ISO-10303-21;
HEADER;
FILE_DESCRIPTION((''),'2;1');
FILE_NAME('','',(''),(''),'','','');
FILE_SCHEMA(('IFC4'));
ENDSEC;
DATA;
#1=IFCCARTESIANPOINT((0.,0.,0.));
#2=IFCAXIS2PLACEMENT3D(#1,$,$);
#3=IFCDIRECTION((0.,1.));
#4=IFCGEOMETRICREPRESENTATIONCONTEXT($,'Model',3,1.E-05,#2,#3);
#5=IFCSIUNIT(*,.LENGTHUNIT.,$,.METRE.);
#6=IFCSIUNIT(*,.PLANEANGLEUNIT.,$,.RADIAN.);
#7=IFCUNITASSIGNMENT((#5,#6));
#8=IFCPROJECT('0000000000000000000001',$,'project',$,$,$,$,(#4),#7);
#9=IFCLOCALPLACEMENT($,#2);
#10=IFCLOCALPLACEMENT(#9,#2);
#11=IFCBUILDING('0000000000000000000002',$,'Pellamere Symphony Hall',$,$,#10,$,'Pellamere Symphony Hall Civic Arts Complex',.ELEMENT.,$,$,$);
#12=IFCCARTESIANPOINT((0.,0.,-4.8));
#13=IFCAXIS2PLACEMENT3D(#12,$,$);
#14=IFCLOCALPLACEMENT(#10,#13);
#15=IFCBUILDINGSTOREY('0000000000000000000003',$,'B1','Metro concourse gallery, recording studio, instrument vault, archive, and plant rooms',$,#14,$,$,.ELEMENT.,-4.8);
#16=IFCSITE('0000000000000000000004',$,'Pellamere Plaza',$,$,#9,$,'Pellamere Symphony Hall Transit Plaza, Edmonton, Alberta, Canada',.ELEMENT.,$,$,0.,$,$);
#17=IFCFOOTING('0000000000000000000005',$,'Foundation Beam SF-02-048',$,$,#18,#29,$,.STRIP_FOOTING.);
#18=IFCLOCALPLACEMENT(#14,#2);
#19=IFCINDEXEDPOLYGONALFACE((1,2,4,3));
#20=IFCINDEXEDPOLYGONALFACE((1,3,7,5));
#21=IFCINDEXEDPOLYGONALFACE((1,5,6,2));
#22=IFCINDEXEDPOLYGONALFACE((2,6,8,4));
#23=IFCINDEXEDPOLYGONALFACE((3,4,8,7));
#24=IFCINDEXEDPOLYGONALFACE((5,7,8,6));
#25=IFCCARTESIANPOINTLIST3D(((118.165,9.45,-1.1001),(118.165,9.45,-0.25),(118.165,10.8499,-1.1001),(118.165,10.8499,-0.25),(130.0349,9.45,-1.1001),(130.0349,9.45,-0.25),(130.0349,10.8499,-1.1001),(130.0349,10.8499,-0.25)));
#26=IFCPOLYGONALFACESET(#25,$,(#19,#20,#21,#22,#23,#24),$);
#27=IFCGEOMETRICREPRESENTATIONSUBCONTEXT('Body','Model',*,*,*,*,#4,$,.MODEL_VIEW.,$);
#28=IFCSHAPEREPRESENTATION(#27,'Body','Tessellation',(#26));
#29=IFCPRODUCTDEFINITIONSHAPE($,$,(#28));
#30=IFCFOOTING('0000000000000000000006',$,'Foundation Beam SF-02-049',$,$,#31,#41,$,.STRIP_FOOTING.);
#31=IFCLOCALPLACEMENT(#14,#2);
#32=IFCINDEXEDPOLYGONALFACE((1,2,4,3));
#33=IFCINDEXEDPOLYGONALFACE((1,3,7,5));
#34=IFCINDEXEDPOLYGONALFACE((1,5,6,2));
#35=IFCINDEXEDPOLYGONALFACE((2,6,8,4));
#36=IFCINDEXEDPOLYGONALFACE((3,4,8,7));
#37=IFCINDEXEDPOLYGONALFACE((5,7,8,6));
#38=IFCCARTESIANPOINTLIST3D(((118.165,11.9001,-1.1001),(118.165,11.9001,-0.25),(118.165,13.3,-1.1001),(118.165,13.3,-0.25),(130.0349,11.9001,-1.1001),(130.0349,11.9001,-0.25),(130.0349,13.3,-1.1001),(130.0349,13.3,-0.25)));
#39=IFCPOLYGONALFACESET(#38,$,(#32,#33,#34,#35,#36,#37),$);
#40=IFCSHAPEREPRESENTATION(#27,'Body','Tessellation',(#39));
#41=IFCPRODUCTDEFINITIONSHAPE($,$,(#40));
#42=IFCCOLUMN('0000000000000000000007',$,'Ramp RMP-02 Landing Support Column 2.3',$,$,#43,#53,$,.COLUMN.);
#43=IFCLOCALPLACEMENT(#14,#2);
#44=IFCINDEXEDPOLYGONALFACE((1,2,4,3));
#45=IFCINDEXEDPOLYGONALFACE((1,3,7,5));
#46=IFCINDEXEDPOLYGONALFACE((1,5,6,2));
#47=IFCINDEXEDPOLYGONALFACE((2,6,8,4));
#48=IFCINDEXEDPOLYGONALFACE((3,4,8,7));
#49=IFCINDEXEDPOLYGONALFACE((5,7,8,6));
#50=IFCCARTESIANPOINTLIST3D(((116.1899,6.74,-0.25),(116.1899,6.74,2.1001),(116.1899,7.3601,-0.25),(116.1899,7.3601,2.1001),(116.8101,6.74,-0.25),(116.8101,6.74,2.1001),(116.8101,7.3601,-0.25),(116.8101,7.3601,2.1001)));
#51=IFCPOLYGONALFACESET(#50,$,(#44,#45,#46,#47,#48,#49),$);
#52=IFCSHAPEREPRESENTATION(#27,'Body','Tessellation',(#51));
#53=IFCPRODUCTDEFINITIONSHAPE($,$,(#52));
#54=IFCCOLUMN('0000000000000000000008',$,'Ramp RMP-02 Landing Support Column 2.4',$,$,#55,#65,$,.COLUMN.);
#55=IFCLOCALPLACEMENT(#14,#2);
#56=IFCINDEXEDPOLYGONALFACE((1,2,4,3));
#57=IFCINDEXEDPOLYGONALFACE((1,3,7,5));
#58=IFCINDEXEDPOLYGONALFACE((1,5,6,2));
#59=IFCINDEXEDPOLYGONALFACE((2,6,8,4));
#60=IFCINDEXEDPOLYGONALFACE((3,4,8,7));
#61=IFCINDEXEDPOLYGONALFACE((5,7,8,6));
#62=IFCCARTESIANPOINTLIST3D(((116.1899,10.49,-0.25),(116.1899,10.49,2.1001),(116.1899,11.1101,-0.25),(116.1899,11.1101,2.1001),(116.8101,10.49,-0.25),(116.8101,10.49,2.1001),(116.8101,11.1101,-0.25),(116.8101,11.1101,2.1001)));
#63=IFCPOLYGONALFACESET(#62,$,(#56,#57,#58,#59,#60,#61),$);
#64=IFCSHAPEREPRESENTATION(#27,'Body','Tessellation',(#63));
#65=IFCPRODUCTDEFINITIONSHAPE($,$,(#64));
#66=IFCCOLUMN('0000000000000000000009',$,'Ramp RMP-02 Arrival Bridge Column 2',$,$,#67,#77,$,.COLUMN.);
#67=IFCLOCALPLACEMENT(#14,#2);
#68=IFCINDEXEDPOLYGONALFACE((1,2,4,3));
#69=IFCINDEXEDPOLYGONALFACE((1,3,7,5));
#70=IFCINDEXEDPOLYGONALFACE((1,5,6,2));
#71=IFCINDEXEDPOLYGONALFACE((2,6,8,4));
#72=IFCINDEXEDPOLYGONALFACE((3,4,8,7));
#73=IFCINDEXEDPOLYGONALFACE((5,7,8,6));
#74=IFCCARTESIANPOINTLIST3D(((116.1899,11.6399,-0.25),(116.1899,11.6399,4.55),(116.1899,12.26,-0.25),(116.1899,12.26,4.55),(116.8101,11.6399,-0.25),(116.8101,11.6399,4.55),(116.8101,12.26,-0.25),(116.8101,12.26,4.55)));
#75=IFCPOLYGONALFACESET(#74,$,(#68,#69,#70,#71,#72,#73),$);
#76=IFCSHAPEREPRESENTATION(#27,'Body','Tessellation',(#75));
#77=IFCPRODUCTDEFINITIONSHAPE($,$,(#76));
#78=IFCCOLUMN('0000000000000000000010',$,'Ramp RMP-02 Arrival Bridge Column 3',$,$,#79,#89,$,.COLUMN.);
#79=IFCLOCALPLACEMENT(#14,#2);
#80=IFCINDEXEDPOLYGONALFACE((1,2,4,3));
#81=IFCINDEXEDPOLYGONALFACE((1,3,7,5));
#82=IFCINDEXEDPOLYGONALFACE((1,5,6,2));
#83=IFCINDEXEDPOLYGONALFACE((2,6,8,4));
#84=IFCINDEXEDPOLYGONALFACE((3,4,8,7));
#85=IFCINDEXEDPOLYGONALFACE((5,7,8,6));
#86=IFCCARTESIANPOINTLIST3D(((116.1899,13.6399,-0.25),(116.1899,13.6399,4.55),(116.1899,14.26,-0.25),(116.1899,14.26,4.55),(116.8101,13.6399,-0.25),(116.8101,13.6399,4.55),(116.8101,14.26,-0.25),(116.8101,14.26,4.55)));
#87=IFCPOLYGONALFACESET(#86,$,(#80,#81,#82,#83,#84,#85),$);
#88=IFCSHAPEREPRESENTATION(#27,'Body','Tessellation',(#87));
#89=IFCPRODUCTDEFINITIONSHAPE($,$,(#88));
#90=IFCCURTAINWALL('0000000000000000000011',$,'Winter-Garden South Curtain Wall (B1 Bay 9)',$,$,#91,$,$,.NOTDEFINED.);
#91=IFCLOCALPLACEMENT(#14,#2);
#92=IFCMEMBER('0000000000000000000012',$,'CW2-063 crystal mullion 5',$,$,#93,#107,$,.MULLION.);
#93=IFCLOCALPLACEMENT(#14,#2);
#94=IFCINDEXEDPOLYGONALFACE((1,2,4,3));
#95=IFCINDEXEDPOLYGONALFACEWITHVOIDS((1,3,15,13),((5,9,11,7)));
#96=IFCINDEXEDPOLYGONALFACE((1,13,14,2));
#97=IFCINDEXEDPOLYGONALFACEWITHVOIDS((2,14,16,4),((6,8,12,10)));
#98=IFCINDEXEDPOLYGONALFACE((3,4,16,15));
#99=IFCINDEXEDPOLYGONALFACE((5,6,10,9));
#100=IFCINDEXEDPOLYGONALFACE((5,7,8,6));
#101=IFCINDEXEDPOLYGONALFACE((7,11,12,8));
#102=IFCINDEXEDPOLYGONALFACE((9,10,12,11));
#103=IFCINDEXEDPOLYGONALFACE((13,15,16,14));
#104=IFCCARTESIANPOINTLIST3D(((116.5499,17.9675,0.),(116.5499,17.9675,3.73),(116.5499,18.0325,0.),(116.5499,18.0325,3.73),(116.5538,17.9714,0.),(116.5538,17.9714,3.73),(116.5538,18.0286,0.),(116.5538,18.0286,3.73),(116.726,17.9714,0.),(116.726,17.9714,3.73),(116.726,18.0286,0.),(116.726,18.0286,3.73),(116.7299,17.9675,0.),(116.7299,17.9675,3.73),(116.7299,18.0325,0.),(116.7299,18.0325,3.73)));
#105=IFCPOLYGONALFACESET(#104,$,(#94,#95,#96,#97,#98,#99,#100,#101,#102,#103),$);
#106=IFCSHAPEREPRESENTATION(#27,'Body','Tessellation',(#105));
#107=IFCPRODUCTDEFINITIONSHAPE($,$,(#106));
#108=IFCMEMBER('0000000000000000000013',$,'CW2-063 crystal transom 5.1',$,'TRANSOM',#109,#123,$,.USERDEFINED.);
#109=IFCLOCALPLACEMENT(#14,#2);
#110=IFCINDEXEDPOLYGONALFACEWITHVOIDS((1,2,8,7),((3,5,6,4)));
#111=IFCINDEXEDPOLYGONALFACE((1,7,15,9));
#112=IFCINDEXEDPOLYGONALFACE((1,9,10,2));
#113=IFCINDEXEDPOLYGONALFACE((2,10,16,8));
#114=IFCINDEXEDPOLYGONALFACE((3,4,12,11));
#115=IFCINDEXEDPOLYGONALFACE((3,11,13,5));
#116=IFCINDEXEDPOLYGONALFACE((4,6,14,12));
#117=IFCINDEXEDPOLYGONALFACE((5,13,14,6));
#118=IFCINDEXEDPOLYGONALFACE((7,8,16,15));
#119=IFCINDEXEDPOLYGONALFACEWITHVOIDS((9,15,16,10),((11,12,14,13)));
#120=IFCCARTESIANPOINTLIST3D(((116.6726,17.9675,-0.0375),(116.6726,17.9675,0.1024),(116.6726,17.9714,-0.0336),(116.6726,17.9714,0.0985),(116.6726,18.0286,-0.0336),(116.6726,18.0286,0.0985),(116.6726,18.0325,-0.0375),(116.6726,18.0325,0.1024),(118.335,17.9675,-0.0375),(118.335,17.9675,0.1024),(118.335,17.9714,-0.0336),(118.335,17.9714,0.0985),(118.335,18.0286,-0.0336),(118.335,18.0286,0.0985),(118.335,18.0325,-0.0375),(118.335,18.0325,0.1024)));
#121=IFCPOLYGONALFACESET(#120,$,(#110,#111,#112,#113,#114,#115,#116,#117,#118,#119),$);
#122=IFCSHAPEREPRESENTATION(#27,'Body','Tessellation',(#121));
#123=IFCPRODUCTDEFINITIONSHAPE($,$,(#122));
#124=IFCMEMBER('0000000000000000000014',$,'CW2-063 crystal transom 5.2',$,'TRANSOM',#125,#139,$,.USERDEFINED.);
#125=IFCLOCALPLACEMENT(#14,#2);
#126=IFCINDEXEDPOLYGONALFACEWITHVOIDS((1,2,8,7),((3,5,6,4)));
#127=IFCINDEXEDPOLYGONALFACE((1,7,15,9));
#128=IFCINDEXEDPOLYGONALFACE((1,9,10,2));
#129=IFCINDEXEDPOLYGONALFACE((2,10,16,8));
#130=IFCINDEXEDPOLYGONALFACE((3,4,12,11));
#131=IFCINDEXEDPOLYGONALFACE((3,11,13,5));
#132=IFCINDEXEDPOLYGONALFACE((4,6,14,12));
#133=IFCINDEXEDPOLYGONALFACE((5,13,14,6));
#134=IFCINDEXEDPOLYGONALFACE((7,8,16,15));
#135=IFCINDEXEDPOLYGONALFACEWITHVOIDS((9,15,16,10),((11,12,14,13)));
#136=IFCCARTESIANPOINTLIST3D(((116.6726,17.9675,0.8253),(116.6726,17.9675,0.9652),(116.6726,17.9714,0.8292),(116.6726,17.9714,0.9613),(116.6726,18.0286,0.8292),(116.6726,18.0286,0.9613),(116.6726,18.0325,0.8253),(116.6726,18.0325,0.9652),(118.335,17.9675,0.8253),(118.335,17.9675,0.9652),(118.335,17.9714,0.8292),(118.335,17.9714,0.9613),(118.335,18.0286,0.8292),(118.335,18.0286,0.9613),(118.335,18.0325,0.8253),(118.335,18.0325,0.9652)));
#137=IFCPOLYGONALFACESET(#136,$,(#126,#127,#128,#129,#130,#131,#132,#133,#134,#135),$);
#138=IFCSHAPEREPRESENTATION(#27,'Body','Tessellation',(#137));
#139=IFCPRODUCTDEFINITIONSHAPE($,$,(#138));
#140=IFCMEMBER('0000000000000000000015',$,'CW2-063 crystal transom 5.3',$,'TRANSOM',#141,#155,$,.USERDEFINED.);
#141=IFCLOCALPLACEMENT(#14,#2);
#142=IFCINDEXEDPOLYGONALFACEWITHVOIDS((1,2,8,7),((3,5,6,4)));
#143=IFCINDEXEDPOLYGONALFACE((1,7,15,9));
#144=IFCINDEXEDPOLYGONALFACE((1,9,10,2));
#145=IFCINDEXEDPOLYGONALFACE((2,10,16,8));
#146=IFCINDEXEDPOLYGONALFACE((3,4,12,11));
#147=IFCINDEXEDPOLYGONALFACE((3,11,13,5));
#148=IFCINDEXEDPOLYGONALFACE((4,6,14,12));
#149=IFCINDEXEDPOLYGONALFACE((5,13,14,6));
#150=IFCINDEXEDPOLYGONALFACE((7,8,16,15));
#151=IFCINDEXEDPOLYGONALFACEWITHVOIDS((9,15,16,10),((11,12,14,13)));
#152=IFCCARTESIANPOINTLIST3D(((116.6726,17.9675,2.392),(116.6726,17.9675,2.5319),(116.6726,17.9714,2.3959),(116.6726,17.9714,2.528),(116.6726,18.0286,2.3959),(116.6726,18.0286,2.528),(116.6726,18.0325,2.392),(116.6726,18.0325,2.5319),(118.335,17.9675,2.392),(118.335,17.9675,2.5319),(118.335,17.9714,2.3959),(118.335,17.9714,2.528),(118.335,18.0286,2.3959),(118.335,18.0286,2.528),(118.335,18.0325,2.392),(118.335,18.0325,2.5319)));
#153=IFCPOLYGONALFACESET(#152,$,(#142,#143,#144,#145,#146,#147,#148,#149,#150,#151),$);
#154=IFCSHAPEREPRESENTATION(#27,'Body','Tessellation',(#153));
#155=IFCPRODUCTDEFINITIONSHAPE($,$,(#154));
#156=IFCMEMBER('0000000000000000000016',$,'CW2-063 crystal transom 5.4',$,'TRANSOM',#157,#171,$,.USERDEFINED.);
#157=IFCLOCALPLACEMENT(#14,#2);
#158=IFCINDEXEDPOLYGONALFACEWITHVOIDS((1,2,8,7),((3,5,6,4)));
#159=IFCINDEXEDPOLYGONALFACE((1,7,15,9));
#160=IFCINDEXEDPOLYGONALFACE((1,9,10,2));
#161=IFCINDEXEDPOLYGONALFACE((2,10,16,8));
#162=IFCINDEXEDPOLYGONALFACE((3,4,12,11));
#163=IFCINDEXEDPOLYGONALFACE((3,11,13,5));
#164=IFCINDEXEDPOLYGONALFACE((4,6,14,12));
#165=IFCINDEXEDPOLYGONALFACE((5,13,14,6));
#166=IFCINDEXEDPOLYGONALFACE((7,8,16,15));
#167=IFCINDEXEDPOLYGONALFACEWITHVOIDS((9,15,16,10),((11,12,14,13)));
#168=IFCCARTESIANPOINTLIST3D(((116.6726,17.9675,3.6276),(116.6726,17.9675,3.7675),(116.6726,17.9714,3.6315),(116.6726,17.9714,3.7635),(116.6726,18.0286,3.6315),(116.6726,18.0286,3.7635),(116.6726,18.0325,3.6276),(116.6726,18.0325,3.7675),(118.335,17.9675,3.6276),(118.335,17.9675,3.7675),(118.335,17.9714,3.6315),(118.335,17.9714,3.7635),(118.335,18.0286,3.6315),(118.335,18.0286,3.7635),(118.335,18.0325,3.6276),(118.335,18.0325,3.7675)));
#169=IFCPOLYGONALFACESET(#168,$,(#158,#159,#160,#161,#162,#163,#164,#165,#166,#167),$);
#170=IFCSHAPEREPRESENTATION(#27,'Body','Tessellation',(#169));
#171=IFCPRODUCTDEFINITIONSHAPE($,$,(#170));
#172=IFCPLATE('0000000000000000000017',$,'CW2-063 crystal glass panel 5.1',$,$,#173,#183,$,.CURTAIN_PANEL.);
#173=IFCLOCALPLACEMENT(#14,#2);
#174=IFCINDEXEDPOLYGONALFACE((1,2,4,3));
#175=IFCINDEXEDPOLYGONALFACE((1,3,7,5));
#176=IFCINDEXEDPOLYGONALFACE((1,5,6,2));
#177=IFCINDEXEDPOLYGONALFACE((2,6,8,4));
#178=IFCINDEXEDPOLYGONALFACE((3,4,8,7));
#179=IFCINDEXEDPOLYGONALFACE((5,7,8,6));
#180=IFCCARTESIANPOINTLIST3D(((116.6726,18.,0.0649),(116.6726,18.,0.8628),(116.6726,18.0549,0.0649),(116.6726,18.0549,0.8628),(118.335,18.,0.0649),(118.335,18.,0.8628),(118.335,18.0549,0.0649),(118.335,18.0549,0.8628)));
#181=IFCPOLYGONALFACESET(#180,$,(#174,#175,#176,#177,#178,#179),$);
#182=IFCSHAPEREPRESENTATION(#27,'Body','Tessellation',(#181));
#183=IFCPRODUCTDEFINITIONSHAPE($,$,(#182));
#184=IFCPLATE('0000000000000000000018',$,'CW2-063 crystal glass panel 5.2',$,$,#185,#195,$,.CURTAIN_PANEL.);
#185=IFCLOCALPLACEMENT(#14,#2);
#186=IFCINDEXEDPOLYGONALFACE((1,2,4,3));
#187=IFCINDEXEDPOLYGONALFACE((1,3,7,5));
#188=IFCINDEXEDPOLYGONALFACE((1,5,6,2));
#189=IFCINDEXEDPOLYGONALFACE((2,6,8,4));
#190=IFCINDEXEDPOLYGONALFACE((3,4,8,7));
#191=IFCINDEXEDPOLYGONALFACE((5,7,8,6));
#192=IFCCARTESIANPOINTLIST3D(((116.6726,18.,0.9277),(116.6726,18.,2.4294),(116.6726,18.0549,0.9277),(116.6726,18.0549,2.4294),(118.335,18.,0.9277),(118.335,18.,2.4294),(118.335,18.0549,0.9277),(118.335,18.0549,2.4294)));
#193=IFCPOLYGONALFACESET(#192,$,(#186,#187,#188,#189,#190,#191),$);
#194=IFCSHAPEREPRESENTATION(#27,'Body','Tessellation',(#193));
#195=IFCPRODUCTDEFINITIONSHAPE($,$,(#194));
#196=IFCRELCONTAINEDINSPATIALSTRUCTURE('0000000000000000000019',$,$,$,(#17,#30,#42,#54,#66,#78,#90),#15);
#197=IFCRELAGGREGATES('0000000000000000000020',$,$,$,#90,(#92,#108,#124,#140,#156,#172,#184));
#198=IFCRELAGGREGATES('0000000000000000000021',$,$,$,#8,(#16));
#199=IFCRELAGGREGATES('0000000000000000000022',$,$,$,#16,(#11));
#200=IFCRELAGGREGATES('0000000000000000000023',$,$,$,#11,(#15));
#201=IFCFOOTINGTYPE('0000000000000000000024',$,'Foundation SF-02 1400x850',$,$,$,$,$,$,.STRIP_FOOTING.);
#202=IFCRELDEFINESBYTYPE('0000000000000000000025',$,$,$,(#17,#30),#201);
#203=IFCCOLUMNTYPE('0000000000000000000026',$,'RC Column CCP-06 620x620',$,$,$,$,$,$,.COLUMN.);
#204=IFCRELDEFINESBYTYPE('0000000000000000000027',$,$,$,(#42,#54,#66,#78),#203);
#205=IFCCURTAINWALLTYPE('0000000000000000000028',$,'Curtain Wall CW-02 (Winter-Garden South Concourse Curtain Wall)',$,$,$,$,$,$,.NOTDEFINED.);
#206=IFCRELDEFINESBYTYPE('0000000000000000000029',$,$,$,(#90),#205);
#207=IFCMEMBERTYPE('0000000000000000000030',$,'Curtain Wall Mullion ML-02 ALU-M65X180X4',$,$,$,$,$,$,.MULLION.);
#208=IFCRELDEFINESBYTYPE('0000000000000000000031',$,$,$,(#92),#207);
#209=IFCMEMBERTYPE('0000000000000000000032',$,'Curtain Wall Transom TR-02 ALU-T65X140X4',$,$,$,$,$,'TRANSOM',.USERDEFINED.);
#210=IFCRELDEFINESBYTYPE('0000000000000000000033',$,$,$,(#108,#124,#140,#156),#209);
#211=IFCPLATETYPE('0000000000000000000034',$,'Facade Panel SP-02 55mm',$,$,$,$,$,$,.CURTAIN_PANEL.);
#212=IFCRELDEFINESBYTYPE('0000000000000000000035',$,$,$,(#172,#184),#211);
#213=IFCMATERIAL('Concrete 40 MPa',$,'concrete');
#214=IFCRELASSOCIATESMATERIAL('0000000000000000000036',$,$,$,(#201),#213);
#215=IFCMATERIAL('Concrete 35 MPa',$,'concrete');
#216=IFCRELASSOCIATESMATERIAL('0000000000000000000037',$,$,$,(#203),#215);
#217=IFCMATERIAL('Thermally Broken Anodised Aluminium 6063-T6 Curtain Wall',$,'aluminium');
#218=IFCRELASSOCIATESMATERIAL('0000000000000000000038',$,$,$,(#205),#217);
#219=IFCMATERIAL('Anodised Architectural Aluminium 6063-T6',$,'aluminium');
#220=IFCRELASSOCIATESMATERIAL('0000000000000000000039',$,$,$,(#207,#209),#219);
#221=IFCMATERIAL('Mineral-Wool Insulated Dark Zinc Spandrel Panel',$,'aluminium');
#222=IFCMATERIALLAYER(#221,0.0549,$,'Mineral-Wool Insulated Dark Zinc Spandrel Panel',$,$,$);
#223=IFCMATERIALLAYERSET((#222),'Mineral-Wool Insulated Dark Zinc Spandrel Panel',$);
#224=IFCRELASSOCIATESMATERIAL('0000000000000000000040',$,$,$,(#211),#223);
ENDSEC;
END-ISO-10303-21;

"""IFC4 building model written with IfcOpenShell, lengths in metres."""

from ifc_helpers import new_model, si_unit, direction, frame, origin, origin_2d, place, context, subcontext, project, spatial, polyline, rectangle, hollow_rectangle, outline, extrude, material, layer, layer_set, material_profile, profile_set, type_object, element, aggregate, save


model = new_model("IFC4")

# Units and contexts
model_context = context("Model", 3, precision=1e-05, world=origin(), true_north=direction((0.0, 1.0)))
body_context = subcontext(model_context, "Body", "Model", "MODEL_VIEW")
ifc_project = project(units=[si_unit("LENGTHUNIT", "METRE"), si_unit("PLANEANGLEUNIT", "RADIAN")], contexts=[model_context])

# Site, building, storey
site_placement = place(None, origin())
site = spatial("IfcSite", under=ifc_project, at=site_placement, Name="Pellamere Plaza", LongName="Pellamere Symphony Hall Transit Plaza, Edmonton, Alberta, Canada", CompositionType="ELEMENT", RefElevation=0.0)
building_placement = place(site_placement, origin())
building = spatial("IfcBuilding", under=site, at=building_placement, Name="Pellamere Symphony Hall", LongName="Pellamere Symphony Hall Civic Arts Complex", CompositionType="ELEMENT")
storey_placement = place(building_placement, frame((0.0, 0.0, -4.8)))
storey = spatial("IfcBuildingStorey", under=building, at=storey_placement, Name="B1", Description="Metro concourse gallery, recording studio, instrument vault, archive, and plant rooms", CompositionType="ELEMENT", Elevation=-4.8)

# Shared definitions
ifc_material_1 = material(Name="Concrete 35 MPa", Category="concrete")

# Footings
ifc_material_2 = material(Name="Concrete 40 MPa", Category="concrete")
ifc_material_profile_1 = material_profile(ifc_material_2, rectangle(XDim=1.3999, YDim=0.8501, at=origin_2d()), Name="RC 1400x850")
ifc_profile_set_1 = profile_set([ifc_material_profile_1], Name="Concrete 40 MPa")
footing_type = type_object("IfcFootingType", Name="Foundation SF-02 1400x850", PredefinedType="STRIP_FOOTING", material=ifc_profile_set_1)
for number, where, z_axis, x_axis, name in (
    (1, (118.165, 10.1499, -0.675), (1.0, 0.0, 0.0), (0.0, 1.0, 0.0), "Foundation Beam SF-02-048"),
    (2, (118.165, 12.6001, -0.675), (1.0, 0.0, 0.0), (0.0, 1.0, 0.0), "Foundation Beam SF-02-049"),
):
    element("IfcFooting", number, at=place(storey_placement, frame(where, z_axis=z_axis, x_axis=x_axis)), inside=storey, type_object=footing_type, Name=name, PredefinedType="STRIP_FOOTING", context=body_context, shape_type="SweptSolid", body=[
        extrude(rectangle(XDim=1.3999, YDim=0.8501, at=origin_2d()), origin(), (0.0, 0.0, 1.0), 11.8699),
    ])

# Columns
ifc_material_profile_2 = material_profile(ifc_material_1, rectangle(XDim=0.6201, YDim=0.6201, at=origin_2d()), Name="RC 620x620")
ifc_profile_set_2 = profile_set([ifc_material_profile_2], Name="Concrete 35 MPa")
column_type = type_object("IfcColumnType", Name="RC Column CCP-06 620x620", PredefinedType="COLUMN", material=ifc_profile_set_2)
for number, where, z_axis, x_axis, name in (
    (3, (116.5, 7.05, -0.25), (0.0, 0.0, 1.0), (1.0, 0.0, 0.0), "Ramp RMP-02 Landing Support Column 2.3"),
    (4, (116.5, 10.8, -0.25), (0.0, 0.0, 1.0), (1.0, 0.0, 0.0), "Ramp RMP-02 Landing Support Column 2.4"),
):
    element("IfcColumn", number, at=place(storey_placement, frame(where, z_axis=z_axis, x_axis=x_axis)), inside=storey, type_object=column_type, Name=name, PredefinedType="COLUMN", context=body_context, shape_type="SweptSolid", body=[
        extrude(rectangle(XDim=0.6201, YDim=0.6201, at=origin_2d()), origin(), (0.0, 0.0, 1.0), 2.3501),
    ])
for number, where, z_axis, x_axis, name in (
    (5, (116.5, 11.95, -0.25), (0.0, 0.0, 1.0), (1.0, 0.0, 0.0), "Ramp RMP-02 Arrival Bridge Column 2"),
    (6, (116.5, 13.95, -0.25), (0.0, 0.0, 1.0), (1.0, 0.0, 0.0), "Ramp RMP-02 Arrival Bridge Column 3"),
):
    element("IfcColumn", number, at=place(storey_placement, frame(where, z_axis=z_axis, x_axis=x_axis)), inside=storey, type_object=column_type, Name=name, PredefinedType="COLUMN", context=body_context, shape_type="SweptSolid", body=[
        extrude(rectangle(XDim=0.6201, YDim=0.6201, at=origin_2d()), origin(), (0.0, 0.0, 1.0), 4.8),
    ])

# Curtain wall, members, plates
ifc_material_3 = material(Name="Thermally Broken Anodised Aluminium 6063-T6 Curtain Wall", Category="aluminium")
curtain_wall_type = type_object("IfcCurtainWallType", Name="Curtain Wall CW-02 (Winter-Garden South Concourse Curtain Wall)", PredefinedType="NOTDEFINED", material=ifc_material_3)
curtain_wall_placement = place(storey_placement, origin())
curtain_wall = element("IfcCurtainWall", 7, at=curtain_wall_placement, inside=storey, type_object=curtain_wall_type, Name="Winter-Garden South Curtain Wall (B1 Bay 9)", PredefinedType="NOTDEFINED")
ifc_material_4 = material(Name="Anodised Architectural Aluminium 6063-T6", Category="aluminium")
ifc_material_profile_3 = material_profile(ifc_material_4, hollow_rectangle(XDim=0.0649, YDim=0.1799, WallThickness=0.0039, at=origin_2d()), Name="ALU-M65X180X4")
ifc_profile_set_3 = profile_set([ifc_material_profile_3], Name="Anodised Architectural Aluminium 6063-T6")
member_type_1 = type_object("IfcMemberType", Name="Curtain Wall Mullion ML-02 ALU-M65X180X4", PredefinedType="MULLION", material=ifc_profile_set_3)
member_1_placement = place(storey_placement, frame((116.6399, 18.0, 0.0), z_axis=(0.0, 0.0, 1.0), x_axis=(0.0, 1.0, 0.0)))
member_1 = element("IfcMember", 8, at=member_1_placement, type_object=member_type_1, Name="CW2-063 crystal mullion 5", PredefinedType="MULLION", context=body_context, shape_type="SweptSolid", body=[
    extrude(hollow_rectangle(XDim=0.0649, YDim=0.1799, WallThickness=0.0039, at=origin_2d()), origin(), (0.0, 0.0, 1.0), 3.73),
])
ifc_material_profile_4 = material_profile(ifc_material_4, hollow_rectangle(XDim=0.0649, YDim=0.1399, WallThickness=0.0039, at=origin_2d()), Name="ALU-T65X140X4")
ifc_profile_set_4 = profile_set([ifc_material_profile_4], Name="Anodised Architectural Aluminium 6063-T6")
member_type_2 = type_object("IfcMemberType", Name="Curtain Wall Transom TR-02 ALU-T65X140X4", ElementType="TRANSOM", PredefinedType="USERDEFINED", material=ifc_profile_set_4)
member_2_placement = place(storey_placement, frame((116.6726, 18.0, 0.0325), z_axis=(1.0, 0.0, 0.0), x_axis=(0.0, 1.0, 0.0)))
member_2 = element("IfcMember", 9, at=member_2_placement, type_object=member_type_2, Name="CW2-063 crystal transom 5.1", ObjectType="TRANSOM", PredefinedType="USERDEFINED", context=body_context, shape_type="SweptSolid", body=[
    extrude(hollow_rectangle(XDim=0.0649, YDim=0.1399, WallThickness=0.0039, at=origin_2d()), origin(), (0.0, 0.0, 1.0), 1.6624),
])
member_3_placement = place(storey_placement, frame((116.6726, 18.0, 0.8953), z_axis=(1.0, 0.0, 0.0), x_axis=(0.0, 1.0, 0.0)))
member_3 = element("IfcMember", 10, at=member_3_placement, type_object=member_type_2, Name="CW2-063 crystal transom 5.2", ObjectType="TRANSOM", PredefinedType="USERDEFINED", context=body_context, shape_type="SweptSolid", body=[
    extrude(hollow_rectangle(XDim=0.0649, YDim=0.1399, WallThickness=0.0039, at=origin_2d()), origin(), (0.0, 0.0, 1.0), 1.6624),
])
member_4_placement = place(storey_placement, frame((116.6726, 18.0, 2.4619), z_axis=(1.0, 0.0, 0.0), x_axis=(0.0, 1.0, 0.0)))
member_4 = element("IfcMember", 11, at=member_4_placement, type_object=member_type_2, Name="CW2-063 crystal transom 5.3", ObjectType="TRANSOM", PredefinedType="USERDEFINED", context=body_context, shape_type="SweptSolid", body=[
    extrude(hollow_rectangle(XDim=0.0649, YDim=0.1399, WallThickness=0.0039, at=origin_2d()), origin(), (0.0, 0.0, 1.0), 1.6624),
])
member_5_placement = place(storey_placement, frame((116.6726, 18.0, 3.6975), z_axis=(1.0, 0.0, 0.0), x_axis=(0.0, 1.0, 0.0)))
member_5 = element("IfcMember", 12, at=member_5_placement, type_object=member_type_2, Name="CW2-063 crystal transom 5.4", ObjectType="TRANSOM", PredefinedType="USERDEFINED", context=body_context, shape_type="SweptSolid", body=[
    extrude(hollow_rectangle(XDim=0.0649, YDim=0.1399, WallThickness=0.0039, at=origin_2d()), origin(), (0.0, 0.0, 1.0), 1.6624),
])
ifc_material_5 = material(Name="Mineral-Wool Insulated Dark Zinc Spandrel Panel", Category="aluminium")
ifc_layer_1 = layer(ifc_material_5, 0.0549, Name="Mineral-Wool Insulated Dark Zinc Spandrel Panel")
ifc_layer_set_1 = layer_set([ifc_layer_1], Name="Mineral-Wool Insulated Dark Zinc Spandrel Panel")
plate_type = type_object("IfcPlateType", Name="Facade Panel SP-02 55mm", PredefinedType="CURTAIN_PANEL", material=ifc_layer_set_1)
plate_1_placement = place(storey_placement, frame((116.6726, 18.0, 0.0649), z_axis=(0.0, -1.0, 0.0), x_axis=(1.0, 0.0, 0.0)))
plate_1 = element("IfcPlate", 13, at=plate_1_placement, type_object=plate_type, Name="CW2-063 crystal glass panel 5.1", PredefinedType="CURTAIN_PANEL", context=body_context, shape_type="SweptSolid", body=[
    extrude(outline(polyline([(0.0, 0.0), (1.6624, 0.0), (1.6624, 0.7979), (0.0, 0.7979), (0.0, 0.0)])), origin(), (0.0, 0.0, -1.0), 0.0549),
])
plate_2_placement = place(storey_placement, frame((116.6726, 18.0, 0.9277), z_axis=(0.0, -1.0, 0.0), x_axis=(1.0, 0.0, 0.0)))
plate_2 = element("IfcPlate", 14, at=plate_2_placement, type_object=plate_type, Name="CW2-063 crystal glass panel 5.2", PredefinedType="CURTAIN_PANEL", context=body_context, shape_type="SweptSolid", body=[
    extrude(outline(polyline([(0.0, 0.0), (1.6624, 0.0), (1.6624, 1.5017), (0.0, 1.5017), (0.0, 0.0)])), origin(), (0.0, 0.0, -1.0), 0.0549),
])
aggregate(curtain_wall, [member_1, member_2, member_3, member_4, member_5, plate_1, plate_2])

save(model, "model.ifc")
